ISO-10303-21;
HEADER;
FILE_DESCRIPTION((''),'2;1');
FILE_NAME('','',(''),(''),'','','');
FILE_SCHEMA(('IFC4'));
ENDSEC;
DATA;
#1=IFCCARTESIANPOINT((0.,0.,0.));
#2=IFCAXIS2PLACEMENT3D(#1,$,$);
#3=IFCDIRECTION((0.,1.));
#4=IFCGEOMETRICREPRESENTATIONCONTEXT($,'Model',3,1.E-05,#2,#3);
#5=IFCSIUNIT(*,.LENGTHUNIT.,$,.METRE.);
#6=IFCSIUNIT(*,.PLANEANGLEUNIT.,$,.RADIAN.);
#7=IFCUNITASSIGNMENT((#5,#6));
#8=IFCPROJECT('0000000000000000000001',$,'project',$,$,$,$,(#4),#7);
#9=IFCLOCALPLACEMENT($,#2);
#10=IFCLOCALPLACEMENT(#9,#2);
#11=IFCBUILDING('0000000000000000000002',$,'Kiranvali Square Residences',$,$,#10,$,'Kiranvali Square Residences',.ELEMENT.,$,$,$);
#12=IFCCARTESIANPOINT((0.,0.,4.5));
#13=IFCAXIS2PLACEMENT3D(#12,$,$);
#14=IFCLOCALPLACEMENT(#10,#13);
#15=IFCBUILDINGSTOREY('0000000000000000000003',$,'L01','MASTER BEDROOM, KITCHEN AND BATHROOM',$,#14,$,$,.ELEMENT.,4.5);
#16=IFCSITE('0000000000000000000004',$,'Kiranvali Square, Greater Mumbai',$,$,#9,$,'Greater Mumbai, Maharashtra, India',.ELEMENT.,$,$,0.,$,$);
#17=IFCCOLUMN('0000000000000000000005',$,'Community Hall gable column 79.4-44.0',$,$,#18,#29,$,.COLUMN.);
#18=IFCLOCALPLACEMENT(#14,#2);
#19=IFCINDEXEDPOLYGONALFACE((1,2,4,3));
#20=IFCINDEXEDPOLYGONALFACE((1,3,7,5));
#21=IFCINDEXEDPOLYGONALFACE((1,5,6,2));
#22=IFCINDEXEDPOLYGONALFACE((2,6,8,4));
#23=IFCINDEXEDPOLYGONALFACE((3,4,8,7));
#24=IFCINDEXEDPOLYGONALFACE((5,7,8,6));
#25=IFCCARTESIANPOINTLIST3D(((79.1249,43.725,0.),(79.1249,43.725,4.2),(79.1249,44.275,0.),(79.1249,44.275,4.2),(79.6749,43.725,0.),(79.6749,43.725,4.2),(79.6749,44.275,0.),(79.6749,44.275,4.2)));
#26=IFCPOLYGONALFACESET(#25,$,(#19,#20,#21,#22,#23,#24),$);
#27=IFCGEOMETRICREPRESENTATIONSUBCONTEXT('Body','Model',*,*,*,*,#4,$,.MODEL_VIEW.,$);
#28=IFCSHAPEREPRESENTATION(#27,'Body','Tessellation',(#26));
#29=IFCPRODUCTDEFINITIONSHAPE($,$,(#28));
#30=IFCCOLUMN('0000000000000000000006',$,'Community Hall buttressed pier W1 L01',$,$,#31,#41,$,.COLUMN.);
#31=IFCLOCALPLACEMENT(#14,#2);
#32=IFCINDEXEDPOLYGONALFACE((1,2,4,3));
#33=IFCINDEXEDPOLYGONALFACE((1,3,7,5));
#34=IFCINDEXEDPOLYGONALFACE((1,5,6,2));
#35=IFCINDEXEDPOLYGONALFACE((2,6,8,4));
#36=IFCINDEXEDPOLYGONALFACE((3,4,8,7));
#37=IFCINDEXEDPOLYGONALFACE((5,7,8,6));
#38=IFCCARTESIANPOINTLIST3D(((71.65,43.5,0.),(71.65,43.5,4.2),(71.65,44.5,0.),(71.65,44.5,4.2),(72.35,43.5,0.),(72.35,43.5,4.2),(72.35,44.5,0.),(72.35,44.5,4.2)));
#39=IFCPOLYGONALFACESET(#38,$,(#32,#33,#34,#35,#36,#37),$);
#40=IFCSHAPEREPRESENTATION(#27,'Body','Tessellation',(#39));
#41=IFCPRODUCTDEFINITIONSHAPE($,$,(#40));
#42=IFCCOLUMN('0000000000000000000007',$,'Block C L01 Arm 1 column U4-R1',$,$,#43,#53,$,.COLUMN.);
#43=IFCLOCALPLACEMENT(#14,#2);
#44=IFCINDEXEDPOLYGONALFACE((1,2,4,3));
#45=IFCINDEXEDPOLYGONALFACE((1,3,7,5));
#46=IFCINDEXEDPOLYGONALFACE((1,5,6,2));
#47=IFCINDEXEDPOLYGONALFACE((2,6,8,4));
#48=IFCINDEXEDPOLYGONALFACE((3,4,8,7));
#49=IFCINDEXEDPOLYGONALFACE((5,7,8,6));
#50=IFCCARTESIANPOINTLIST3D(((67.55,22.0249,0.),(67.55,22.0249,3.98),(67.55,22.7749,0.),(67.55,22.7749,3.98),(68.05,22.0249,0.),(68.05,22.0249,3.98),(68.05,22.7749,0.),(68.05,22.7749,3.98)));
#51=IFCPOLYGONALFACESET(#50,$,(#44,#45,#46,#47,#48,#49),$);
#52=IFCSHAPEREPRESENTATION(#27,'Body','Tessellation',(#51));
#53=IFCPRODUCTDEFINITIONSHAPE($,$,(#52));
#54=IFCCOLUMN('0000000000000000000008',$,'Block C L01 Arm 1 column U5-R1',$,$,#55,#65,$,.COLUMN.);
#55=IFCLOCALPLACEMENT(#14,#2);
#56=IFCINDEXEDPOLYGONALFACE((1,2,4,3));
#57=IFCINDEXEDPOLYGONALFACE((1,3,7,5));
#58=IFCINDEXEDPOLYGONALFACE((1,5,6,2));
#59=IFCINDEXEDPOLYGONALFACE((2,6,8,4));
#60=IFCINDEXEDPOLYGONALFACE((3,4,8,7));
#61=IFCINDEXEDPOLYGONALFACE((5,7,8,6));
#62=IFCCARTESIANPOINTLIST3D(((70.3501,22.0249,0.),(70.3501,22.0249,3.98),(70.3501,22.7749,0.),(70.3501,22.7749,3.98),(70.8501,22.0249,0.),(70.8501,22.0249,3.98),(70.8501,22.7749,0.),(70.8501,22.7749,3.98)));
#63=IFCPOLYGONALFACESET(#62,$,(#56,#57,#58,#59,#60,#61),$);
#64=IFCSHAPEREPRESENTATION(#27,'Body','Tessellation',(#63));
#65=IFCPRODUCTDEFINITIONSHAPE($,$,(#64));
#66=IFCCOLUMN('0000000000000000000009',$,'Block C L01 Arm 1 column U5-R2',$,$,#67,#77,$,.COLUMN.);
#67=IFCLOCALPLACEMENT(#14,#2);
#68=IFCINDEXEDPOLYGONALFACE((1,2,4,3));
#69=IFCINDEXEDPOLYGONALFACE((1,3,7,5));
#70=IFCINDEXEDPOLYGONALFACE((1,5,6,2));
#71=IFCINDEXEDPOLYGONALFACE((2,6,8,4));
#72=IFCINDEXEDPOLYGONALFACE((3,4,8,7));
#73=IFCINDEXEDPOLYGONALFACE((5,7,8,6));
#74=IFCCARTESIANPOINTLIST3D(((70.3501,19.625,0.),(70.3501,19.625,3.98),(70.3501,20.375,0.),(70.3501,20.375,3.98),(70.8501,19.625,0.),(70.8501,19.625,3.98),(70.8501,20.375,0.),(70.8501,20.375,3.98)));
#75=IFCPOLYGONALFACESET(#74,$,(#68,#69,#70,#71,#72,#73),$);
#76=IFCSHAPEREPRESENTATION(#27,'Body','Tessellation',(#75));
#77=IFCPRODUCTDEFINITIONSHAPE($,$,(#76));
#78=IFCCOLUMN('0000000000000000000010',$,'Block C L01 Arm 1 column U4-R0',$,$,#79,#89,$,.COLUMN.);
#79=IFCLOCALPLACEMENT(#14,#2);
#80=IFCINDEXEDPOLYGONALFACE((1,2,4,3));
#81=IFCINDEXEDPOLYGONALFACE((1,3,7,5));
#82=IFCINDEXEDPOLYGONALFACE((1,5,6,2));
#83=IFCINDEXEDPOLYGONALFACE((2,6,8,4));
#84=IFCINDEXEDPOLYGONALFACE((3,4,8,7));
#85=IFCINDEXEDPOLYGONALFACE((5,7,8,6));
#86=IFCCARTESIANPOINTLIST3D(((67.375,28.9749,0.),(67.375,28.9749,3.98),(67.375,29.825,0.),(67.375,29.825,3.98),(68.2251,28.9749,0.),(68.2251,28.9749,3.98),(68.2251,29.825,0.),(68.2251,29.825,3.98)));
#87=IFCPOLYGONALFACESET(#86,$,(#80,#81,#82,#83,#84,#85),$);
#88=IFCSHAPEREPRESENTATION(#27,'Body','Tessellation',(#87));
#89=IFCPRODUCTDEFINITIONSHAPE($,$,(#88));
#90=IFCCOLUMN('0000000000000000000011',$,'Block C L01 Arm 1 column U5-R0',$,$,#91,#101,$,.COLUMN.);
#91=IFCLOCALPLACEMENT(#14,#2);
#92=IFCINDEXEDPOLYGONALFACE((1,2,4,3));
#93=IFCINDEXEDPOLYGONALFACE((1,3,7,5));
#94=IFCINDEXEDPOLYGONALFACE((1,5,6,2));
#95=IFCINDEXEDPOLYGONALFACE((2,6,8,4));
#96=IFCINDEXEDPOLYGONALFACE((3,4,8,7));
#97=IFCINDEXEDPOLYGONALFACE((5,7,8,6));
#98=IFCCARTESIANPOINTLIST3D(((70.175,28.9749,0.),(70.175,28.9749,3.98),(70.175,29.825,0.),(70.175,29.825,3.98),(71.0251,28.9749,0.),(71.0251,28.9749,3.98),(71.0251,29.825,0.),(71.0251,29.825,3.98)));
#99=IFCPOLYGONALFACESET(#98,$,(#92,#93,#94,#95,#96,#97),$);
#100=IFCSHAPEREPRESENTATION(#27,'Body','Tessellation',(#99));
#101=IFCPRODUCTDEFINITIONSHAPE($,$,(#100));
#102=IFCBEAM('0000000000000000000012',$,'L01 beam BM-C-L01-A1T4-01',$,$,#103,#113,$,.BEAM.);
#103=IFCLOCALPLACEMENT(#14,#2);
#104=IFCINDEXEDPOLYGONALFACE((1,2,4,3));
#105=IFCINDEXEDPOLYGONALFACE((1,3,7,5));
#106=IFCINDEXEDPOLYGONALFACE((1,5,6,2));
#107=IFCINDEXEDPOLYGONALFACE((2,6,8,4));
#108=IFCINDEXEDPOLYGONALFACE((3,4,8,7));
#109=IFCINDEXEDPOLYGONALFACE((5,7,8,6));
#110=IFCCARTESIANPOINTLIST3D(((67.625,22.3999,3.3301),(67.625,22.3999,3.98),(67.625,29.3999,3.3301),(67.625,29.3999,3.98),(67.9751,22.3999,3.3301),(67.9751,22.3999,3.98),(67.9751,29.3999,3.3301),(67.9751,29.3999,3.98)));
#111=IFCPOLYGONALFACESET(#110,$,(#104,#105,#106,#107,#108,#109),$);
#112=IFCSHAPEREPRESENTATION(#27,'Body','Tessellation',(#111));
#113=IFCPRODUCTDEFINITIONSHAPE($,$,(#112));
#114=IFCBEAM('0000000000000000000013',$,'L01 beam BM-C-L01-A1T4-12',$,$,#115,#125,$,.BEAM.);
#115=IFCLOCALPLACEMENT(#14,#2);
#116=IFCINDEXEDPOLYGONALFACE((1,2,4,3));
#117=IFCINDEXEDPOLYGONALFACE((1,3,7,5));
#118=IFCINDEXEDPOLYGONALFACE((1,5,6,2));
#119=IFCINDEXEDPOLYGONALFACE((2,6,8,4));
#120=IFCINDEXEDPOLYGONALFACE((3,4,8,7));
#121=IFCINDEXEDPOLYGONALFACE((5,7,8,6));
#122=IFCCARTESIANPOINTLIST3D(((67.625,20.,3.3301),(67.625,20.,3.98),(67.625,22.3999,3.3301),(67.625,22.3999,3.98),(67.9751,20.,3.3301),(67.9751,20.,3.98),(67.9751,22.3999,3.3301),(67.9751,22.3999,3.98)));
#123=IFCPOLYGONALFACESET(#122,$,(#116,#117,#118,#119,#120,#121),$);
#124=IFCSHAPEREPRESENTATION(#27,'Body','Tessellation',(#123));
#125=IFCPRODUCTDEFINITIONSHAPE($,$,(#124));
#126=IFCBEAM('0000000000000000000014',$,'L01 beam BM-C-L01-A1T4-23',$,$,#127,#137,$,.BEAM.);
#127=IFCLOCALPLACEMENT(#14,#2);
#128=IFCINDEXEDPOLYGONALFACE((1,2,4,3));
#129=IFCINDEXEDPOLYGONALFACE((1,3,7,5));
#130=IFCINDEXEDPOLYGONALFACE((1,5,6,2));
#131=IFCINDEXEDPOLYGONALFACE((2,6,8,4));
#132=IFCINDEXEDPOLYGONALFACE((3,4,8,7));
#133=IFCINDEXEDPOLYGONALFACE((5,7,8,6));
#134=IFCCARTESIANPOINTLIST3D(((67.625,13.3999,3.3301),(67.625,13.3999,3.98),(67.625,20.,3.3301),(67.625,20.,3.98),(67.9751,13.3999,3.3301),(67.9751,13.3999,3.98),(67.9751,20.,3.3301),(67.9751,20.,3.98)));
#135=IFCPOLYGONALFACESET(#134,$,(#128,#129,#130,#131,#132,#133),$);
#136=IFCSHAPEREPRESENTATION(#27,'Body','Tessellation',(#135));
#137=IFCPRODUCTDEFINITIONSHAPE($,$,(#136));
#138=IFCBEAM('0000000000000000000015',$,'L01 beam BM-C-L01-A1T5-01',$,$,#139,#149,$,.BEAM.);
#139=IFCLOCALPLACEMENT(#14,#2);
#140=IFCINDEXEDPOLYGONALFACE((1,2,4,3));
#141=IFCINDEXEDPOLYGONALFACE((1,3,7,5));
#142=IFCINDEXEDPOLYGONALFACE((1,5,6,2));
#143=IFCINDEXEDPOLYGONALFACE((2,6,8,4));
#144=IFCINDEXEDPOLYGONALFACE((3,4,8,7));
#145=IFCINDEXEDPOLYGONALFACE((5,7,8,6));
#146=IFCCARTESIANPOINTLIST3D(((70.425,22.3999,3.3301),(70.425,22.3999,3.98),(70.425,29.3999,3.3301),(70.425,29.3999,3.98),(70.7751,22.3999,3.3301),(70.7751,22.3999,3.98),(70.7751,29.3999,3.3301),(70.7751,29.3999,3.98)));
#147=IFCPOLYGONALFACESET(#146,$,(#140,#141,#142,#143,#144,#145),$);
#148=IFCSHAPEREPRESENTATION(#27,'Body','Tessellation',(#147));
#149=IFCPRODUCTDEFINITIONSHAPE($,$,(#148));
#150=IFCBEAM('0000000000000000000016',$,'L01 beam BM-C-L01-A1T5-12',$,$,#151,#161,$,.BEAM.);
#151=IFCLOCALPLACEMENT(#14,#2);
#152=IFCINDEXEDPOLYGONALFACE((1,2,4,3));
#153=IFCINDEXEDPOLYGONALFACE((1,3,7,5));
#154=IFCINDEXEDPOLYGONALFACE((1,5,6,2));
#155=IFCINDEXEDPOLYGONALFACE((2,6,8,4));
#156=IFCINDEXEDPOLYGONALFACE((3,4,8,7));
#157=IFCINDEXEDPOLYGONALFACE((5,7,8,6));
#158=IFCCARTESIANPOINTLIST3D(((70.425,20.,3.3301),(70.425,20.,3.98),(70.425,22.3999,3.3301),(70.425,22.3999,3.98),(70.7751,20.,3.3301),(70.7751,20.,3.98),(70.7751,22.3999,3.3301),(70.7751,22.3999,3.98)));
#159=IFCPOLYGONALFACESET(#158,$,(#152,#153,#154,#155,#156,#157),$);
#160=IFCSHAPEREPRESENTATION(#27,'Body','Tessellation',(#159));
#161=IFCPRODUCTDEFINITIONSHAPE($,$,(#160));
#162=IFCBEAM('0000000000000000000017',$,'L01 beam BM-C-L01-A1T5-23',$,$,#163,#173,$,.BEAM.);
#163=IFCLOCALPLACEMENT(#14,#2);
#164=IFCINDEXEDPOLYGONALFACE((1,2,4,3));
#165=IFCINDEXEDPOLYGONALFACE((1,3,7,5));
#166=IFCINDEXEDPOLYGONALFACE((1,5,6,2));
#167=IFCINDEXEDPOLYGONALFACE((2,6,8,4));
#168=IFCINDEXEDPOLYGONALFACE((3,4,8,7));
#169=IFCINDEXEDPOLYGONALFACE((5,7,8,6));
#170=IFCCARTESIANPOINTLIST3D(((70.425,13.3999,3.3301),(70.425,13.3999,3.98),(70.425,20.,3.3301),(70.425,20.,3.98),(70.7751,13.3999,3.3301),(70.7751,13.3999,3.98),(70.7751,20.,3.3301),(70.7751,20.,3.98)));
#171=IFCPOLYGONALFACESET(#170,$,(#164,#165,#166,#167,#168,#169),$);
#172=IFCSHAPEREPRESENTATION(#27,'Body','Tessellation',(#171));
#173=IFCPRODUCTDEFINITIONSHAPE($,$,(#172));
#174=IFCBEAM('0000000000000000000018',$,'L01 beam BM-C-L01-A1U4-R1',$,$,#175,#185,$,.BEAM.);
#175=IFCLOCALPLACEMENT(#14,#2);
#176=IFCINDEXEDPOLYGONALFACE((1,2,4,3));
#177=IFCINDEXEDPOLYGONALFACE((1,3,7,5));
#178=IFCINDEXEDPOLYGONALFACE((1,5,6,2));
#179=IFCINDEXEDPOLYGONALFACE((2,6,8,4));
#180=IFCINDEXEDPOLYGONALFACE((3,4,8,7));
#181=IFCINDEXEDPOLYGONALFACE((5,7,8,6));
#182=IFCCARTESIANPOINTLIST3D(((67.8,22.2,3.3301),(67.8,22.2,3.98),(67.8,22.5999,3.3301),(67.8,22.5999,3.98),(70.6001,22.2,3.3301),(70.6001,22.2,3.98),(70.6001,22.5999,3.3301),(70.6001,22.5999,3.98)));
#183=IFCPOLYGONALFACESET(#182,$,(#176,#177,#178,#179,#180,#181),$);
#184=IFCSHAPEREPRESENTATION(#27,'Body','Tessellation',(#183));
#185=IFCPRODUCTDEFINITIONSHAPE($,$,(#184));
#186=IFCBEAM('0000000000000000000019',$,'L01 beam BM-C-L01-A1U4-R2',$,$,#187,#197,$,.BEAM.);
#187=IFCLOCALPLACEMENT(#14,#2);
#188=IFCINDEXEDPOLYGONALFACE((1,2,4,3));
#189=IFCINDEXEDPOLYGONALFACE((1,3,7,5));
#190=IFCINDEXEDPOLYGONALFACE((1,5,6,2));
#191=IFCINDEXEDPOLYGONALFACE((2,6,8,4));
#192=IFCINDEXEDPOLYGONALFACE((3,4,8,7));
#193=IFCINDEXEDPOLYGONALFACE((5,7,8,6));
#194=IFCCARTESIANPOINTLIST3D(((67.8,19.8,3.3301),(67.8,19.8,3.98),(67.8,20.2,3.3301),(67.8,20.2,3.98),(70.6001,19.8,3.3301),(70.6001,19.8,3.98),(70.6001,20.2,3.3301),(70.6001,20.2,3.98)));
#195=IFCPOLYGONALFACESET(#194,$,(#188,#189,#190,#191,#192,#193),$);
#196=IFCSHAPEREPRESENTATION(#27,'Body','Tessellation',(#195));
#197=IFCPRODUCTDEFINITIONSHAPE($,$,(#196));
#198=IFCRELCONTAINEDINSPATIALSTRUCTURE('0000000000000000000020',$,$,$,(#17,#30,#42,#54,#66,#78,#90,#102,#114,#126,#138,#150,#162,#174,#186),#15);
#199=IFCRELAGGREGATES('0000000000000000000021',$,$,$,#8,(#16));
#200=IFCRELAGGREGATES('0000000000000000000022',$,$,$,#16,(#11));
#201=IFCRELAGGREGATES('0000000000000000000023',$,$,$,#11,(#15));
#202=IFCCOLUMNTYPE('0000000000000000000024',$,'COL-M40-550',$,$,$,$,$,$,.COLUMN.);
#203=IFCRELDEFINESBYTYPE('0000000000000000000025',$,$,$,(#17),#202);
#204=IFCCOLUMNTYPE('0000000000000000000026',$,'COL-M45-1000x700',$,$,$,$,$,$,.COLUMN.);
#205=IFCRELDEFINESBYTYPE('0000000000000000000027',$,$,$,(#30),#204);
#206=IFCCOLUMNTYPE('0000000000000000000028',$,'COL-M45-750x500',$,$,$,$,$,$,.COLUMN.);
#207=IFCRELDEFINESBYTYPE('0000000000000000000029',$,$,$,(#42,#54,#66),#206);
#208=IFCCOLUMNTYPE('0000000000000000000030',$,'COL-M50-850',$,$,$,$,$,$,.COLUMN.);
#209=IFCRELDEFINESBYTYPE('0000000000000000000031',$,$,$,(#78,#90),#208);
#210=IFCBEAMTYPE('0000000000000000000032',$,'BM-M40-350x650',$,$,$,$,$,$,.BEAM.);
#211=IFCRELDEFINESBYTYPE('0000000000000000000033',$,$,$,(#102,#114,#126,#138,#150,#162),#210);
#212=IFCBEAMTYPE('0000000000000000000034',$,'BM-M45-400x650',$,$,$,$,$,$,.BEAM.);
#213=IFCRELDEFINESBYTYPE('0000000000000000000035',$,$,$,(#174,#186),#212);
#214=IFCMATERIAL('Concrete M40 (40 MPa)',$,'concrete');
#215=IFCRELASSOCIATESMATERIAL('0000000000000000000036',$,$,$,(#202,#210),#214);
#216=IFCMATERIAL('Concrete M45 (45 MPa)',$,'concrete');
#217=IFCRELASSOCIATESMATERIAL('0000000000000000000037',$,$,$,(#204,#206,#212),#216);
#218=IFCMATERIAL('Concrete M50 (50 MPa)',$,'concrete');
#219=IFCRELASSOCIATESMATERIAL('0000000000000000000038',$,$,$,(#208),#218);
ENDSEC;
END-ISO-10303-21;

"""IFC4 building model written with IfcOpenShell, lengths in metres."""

from ifc_helpers import new_model, si_unit, direction, frame, origin, origin_2d, place, context, subcontext, project, spatial, rectangle, extrude, material, material_profile, profile_set, type_object, element, save


model = new_model("IFC4")

# Units and contexts
model_context = context("Model", 3, precision=1e-05, world=origin(), true_north=direction((0.0, 1.0)))
body_context = subcontext(model_context, "Body", "Model", "MODEL_VIEW")
ifc_project = project(units=[si_unit("LENGTHUNIT", "METRE"), si_unit("PLANEANGLEUNIT", "RADIAN")], contexts=[model_context])

# Site, building, storey
site_placement = place(None, origin())
site = spatial("IfcSite", under=ifc_project, at=site_placement, Name="Kiranvali Square, Greater Mumbai", LongName="Greater Mumbai, Maharashtra, India", CompositionType="ELEMENT", RefElevation=0.0)
building_placement = place(site_placement, origin())
building = spatial("IfcBuilding", under=site, at=building_placement, Name="Kiranvali Square Residences", LongName="Kiranvali Square Residences", CompositionType="ELEMENT")
storey_placement = place(building_placement, frame((0.0, 0.0, 4.5)))
storey = spatial("IfcBuildingStorey", under=building, at=storey_placement, Name="L01", Description="MASTER BEDROOM, KITCHEN AND BATHROOM", CompositionType="ELEMENT", Elevation=4.5)

# Columns
ifc_material_1 = material(Name="Concrete M40 (40 MPa)", Category="concrete")
ifc_material_profile_1 = material_profile(ifc_material_1, rectangle(XDim=0.55, YDim=0.55, at=origin_2d()), Name="RC 550x550")
ifc_profile_set_1 = profile_set([ifc_material_profile_1], Name="Concrete M40 (40 MPa)")
column_type_1 = type_object("IfcColumnType", Name="COL-M40-550", PredefinedType="COLUMN", material=ifc_profile_set_1)
column_1_placement = place(storey_placement, frame((79.3999, 44.0, 0.0), z_axis=(0.0, 0.0, 1.0), x_axis=(1.0, 0.0, 0.0)))
element("IfcColumn", 1, at=column_1_placement, inside=storey, type_object=column_type_1, Name="Community Hall gable column 79.4-44.0", PredefinedType="COLUMN", context=body_context, shape_type="SweptSolid", body=[
    extrude(rectangle(XDim=0.55, YDim=0.55, at=origin_2d()), origin(), (0.0, 0.0, 1.0), 4.2),
])
ifc_material_2 = material(Name="Concrete M45 (45 MPa)", Category="concrete")
ifc_material_profile_2 = material_profile(ifc_material_2, rectangle(XDim=0.7, YDim=1.0, at=origin_2d()), Name="RC 1000x700")
ifc_profile_set_2 = profile_set([ifc_material_profile_2], Name="Concrete M45 (45 MPa)")
column_type_2 = type_object("IfcColumnType", Name="COL-M45-1000x700", PredefinedType="COLUMN", material=ifc_profile_set_2)
column_2_placement = place(storey_placement, frame((72.0, 44.0, 0.0), z_axis=(0.0, 0.0, 1.0), x_axis=(1.0, 0.0, 0.0)))
element("IfcColumn", 2, at=column_2_placement, inside=storey, type_object=column_type_2, Name="Community Hall buttressed pier W1 L01", PredefinedType="COLUMN", context=body_context, shape_type="SweptSolid", body=[
    extrude(rectangle(XDim=0.7, YDim=1.0, at=origin_2d()), origin(), (0.0, 0.0, 1.0), 4.2),
])
ifc_material_profile_3 = material_profile(ifc_material_2, rectangle(XDim=0.5, YDim=0.75, at=origin_2d()), Name="RC 750x500")
ifc_profile_set_3 = profile_set([ifc_material_profile_3], Name="Concrete M45 (45 MPa)")
column_type_3 = type_object("IfcColumnType", Name="COL-M45-750x500", PredefinedType="COLUMN", material=ifc_profile_set_3)
for number, where, z_axis, x_axis, name in (
    (3, (67.8, 22.3999, 0.0), (0.0, 0.0, 1.0), (1.0, 0.0, 0.0), "Block C L01 Arm 1 column U4-R1"),
    (4, (70.6001, 22.3999, 0.0), (0.0, 0.0, 1.0), (1.0, 0.0, 0.0), "Block C L01 Arm 1 column U5-R1"),
    (5, (70.6001, 20.0, 0.0), (0.0, 0.0, 1.0), (1.0, 0.0, 0.0), "Block C L01 Arm 1 column U5-R2"),
):
    element("IfcColumn", number, at=place(storey_placement, frame(where, z_axis=z_axis, x_axis=x_axis)), inside=storey, type_object=column_type_3, Name=name, PredefinedType="COLUMN", context=body_context, shape_type="SweptSolid", body=[
        extrude(rectangle(XDim=0.5, YDim=0.75, at=origin_2d()), origin(), (0.0, 0.0, 1.0), 3.98),
    ])
ifc_material_3 = material(Name="Concrete M50 (50 MPa)", Category="concrete")
ifc_material_profile_4 = material_profile(ifc_material_3, rectangle(XDim=0.8501, YDim=0.8501, at=origin_2d()), Name="RC 850x850")
ifc_profile_set_4 = profile_set([ifc_material_profile_4], Name="Concrete M50 (50 MPa)")
column_type_4 = type_object("IfcColumnType", Name="COL-M50-850", PredefinedType="COLUMN", material=ifc_profile_set_4)
for number, where, z_axis, x_axis, name in (
    (6, (67.8, 29.3999, 0.0), (0.0, 0.0, 1.0), (1.0, 0.0, 0.0), "Block C L01 Arm 1 column U4-R0"),
    (7, (70.6001, 29.3999, 0.0), (0.0, 0.0, 1.0), (1.0, 0.0, 0.0), "Block C L01 Arm 1 column U5-R0"),
):
    element("IfcColumn", number, at=place(storey_placement, frame(where, z_axis=z_axis, x_axis=x_axis)), inside=storey, type_object=column_type_4, Name=name, PredefinedType="COLUMN", context=body_context, shape_type="SweptSolid", body=[
        extrude(rectangle(XDim=0.8501, YDim=0.8501, at=origin_2d()), origin(), (0.0, 0.0, 1.0), 3.98),
    ])

# Beams
ifc_material_profile_5 = material_profile(ifc_material_1, rectangle(XDim=0.3501, YDim=0.6499, at=origin_2d()), Name="RC 350x650")
ifc_profile_set_5 = profile_set([ifc_material_profile_5], Name="Concrete M40 (40 MPa)")
beam_type_1 = type_object("IfcBeamType", Name="BM-M40-350x650", PredefinedType="BEAM", material=ifc_profile_set_5)
beam_1_placement = place(storey_placement, frame((67.8, 29.3999, 3.655), z_axis=(0.0, -1.0, 0.0), x_axis=(1.0, 0.0, 0.0)))
element("IfcBeam", 8, at=beam_1_placement, inside=storey, type_object=beam_type_1, Name="L01 beam BM-C-L01-A1T4-01", PredefinedType="BEAM", context=body_context, shape_type="SweptSolid", body=[
    extrude(rectangle(XDim=0.3501, YDim=0.6499, at=origin_2d()), origin(), (0.0, 0.0, 1.0), 7.0),
])
beam_2_placement = place(storey_placement, frame((67.8, 22.3999, 3.655), z_axis=(0.0, -1.0, 0.0), x_axis=(1.0, 0.0, 0.0)))
element("IfcBeam", 9, at=beam_2_placement, inside=storey, type_object=beam_type_1, Name="L01 beam BM-C-L01-A1T4-12", PredefinedType="BEAM", context=body_context, shape_type="SweptSolid", body=[
    extrude(rectangle(XDim=0.3501, YDim=0.6499, at=origin_2d()), origin(), (0.0, 0.0, 1.0), 2.3999),
])
beam_3_placement = place(storey_placement, frame((67.8, 20.0, 3.655), z_axis=(0.0, -1.0, 0.0), x_axis=(1.0, 0.0, 0.0)))
element("IfcBeam", 10, at=beam_3_placement, inside=storey, type_object=beam_type_1, Name="L01 beam BM-C-L01-A1T4-23", PredefinedType="BEAM", context=body_context, shape_type="SweptSolid", body=[
    extrude(rectangle(XDim=0.3501, YDim=0.6499, at=origin_2d()), origin(), (0.0, 0.0, 1.0), 6.6001),
])
beam_4_placement = place(storey_placement, frame((70.6001, 29.3999, 3.655), z_axis=(0.0, -1.0, 0.0), x_axis=(1.0, 0.0, 0.0)))
element("IfcBeam", 11, at=beam_4_placement, inside=storey, type_object=beam_type_1, Name="L01 beam BM-C-L01-A1T5-01", PredefinedType="BEAM", context=body_context, shape_type="SweptSolid", body=[
    extrude(rectangle(XDim=0.3501, YDim=0.6499, at=origin_2d()), origin(), (0.0, 0.0, 1.0), 7.0),
])
beam_5_placement = place(storey_placement, frame((70.6001, 22.3999, 3.655), z_axis=(0.0, -1.0, 0.0), x_axis=(1.0, 0.0, 0.0)))
element("IfcBeam", 12, at=beam_5_placement, inside=storey, type_object=beam_type_1, Name="L01 beam BM-C-L01-A1T5-12", PredefinedType="BEAM", context=body_context, shape_type="SweptSolid", body=[
    extrude(rectangle(XDim=0.3501, YDim=0.6499, at=origin_2d()), origin(), (0.0, 0.0, 1.0), 2.3999),
])
beam_6_placement = place(storey_placement, frame((70.6001, 20.0, 3.655), z_axis=(0.0, -1.0, 0.0), x_axis=(1.0, 0.0, 0.0)))
element("IfcBeam", 13, at=beam_6_placement, inside=storey, type_object=beam_type_1, Name="L01 beam BM-C-L01-A1T5-23", PredefinedType="BEAM", context=body_context, shape_type="SweptSolid", body=[
    extrude(rectangle(XDim=0.3501, YDim=0.6499, at=origin_2d()), origin(), (0.0, 0.0, 1.0), 6.6001),
])
ifc_material_profile_6 = material_profile(ifc_material_2, rectangle(XDim=0.3999, YDim=0.6499, at=origin_2d()), Name="RC 400x650")
ifc_profile_set_6 = profile_set([ifc_material_profile_6], Name="Concrete M45 (45 MPa)")
beam_type_2 = type_object("IfcBeamType", Name="BM-M45-400x650", PredefinedType="BEAM", material=ifc_profile_set_6)
for number, where, z_axis, x_axis, name in (
    (14, (67.8, 22.3999, 3.655), (1.0, 0.0, 0.0), (0.0, 1.0, 0.0), "L01 beam BM-C-L01-A1U4-R1"),
    (15, (67.8, 20.0, 3.655), (1.0, 0.0, 0.0), (0.0, 1.0, 0.0), "L01 beam BM-C-L01-A1U4-R2"),
):
    element("IfcBeam", number, at=place(storey_placement, frame(where, z_axis=z_axis, x_axis=x_axis)), inside=storey, type_object=beam_type_2, Name=name, PredefinedType="BEAM", context=body_context, shape_type="SweptSolid", body=[
        extrude(rectangle(XDim=0.3999, YDim=0.6499, at=origin_2d()), origin(), (0.0, 0.0, 1.0), 2.8),
    ])

save(model, "model.ifc")
